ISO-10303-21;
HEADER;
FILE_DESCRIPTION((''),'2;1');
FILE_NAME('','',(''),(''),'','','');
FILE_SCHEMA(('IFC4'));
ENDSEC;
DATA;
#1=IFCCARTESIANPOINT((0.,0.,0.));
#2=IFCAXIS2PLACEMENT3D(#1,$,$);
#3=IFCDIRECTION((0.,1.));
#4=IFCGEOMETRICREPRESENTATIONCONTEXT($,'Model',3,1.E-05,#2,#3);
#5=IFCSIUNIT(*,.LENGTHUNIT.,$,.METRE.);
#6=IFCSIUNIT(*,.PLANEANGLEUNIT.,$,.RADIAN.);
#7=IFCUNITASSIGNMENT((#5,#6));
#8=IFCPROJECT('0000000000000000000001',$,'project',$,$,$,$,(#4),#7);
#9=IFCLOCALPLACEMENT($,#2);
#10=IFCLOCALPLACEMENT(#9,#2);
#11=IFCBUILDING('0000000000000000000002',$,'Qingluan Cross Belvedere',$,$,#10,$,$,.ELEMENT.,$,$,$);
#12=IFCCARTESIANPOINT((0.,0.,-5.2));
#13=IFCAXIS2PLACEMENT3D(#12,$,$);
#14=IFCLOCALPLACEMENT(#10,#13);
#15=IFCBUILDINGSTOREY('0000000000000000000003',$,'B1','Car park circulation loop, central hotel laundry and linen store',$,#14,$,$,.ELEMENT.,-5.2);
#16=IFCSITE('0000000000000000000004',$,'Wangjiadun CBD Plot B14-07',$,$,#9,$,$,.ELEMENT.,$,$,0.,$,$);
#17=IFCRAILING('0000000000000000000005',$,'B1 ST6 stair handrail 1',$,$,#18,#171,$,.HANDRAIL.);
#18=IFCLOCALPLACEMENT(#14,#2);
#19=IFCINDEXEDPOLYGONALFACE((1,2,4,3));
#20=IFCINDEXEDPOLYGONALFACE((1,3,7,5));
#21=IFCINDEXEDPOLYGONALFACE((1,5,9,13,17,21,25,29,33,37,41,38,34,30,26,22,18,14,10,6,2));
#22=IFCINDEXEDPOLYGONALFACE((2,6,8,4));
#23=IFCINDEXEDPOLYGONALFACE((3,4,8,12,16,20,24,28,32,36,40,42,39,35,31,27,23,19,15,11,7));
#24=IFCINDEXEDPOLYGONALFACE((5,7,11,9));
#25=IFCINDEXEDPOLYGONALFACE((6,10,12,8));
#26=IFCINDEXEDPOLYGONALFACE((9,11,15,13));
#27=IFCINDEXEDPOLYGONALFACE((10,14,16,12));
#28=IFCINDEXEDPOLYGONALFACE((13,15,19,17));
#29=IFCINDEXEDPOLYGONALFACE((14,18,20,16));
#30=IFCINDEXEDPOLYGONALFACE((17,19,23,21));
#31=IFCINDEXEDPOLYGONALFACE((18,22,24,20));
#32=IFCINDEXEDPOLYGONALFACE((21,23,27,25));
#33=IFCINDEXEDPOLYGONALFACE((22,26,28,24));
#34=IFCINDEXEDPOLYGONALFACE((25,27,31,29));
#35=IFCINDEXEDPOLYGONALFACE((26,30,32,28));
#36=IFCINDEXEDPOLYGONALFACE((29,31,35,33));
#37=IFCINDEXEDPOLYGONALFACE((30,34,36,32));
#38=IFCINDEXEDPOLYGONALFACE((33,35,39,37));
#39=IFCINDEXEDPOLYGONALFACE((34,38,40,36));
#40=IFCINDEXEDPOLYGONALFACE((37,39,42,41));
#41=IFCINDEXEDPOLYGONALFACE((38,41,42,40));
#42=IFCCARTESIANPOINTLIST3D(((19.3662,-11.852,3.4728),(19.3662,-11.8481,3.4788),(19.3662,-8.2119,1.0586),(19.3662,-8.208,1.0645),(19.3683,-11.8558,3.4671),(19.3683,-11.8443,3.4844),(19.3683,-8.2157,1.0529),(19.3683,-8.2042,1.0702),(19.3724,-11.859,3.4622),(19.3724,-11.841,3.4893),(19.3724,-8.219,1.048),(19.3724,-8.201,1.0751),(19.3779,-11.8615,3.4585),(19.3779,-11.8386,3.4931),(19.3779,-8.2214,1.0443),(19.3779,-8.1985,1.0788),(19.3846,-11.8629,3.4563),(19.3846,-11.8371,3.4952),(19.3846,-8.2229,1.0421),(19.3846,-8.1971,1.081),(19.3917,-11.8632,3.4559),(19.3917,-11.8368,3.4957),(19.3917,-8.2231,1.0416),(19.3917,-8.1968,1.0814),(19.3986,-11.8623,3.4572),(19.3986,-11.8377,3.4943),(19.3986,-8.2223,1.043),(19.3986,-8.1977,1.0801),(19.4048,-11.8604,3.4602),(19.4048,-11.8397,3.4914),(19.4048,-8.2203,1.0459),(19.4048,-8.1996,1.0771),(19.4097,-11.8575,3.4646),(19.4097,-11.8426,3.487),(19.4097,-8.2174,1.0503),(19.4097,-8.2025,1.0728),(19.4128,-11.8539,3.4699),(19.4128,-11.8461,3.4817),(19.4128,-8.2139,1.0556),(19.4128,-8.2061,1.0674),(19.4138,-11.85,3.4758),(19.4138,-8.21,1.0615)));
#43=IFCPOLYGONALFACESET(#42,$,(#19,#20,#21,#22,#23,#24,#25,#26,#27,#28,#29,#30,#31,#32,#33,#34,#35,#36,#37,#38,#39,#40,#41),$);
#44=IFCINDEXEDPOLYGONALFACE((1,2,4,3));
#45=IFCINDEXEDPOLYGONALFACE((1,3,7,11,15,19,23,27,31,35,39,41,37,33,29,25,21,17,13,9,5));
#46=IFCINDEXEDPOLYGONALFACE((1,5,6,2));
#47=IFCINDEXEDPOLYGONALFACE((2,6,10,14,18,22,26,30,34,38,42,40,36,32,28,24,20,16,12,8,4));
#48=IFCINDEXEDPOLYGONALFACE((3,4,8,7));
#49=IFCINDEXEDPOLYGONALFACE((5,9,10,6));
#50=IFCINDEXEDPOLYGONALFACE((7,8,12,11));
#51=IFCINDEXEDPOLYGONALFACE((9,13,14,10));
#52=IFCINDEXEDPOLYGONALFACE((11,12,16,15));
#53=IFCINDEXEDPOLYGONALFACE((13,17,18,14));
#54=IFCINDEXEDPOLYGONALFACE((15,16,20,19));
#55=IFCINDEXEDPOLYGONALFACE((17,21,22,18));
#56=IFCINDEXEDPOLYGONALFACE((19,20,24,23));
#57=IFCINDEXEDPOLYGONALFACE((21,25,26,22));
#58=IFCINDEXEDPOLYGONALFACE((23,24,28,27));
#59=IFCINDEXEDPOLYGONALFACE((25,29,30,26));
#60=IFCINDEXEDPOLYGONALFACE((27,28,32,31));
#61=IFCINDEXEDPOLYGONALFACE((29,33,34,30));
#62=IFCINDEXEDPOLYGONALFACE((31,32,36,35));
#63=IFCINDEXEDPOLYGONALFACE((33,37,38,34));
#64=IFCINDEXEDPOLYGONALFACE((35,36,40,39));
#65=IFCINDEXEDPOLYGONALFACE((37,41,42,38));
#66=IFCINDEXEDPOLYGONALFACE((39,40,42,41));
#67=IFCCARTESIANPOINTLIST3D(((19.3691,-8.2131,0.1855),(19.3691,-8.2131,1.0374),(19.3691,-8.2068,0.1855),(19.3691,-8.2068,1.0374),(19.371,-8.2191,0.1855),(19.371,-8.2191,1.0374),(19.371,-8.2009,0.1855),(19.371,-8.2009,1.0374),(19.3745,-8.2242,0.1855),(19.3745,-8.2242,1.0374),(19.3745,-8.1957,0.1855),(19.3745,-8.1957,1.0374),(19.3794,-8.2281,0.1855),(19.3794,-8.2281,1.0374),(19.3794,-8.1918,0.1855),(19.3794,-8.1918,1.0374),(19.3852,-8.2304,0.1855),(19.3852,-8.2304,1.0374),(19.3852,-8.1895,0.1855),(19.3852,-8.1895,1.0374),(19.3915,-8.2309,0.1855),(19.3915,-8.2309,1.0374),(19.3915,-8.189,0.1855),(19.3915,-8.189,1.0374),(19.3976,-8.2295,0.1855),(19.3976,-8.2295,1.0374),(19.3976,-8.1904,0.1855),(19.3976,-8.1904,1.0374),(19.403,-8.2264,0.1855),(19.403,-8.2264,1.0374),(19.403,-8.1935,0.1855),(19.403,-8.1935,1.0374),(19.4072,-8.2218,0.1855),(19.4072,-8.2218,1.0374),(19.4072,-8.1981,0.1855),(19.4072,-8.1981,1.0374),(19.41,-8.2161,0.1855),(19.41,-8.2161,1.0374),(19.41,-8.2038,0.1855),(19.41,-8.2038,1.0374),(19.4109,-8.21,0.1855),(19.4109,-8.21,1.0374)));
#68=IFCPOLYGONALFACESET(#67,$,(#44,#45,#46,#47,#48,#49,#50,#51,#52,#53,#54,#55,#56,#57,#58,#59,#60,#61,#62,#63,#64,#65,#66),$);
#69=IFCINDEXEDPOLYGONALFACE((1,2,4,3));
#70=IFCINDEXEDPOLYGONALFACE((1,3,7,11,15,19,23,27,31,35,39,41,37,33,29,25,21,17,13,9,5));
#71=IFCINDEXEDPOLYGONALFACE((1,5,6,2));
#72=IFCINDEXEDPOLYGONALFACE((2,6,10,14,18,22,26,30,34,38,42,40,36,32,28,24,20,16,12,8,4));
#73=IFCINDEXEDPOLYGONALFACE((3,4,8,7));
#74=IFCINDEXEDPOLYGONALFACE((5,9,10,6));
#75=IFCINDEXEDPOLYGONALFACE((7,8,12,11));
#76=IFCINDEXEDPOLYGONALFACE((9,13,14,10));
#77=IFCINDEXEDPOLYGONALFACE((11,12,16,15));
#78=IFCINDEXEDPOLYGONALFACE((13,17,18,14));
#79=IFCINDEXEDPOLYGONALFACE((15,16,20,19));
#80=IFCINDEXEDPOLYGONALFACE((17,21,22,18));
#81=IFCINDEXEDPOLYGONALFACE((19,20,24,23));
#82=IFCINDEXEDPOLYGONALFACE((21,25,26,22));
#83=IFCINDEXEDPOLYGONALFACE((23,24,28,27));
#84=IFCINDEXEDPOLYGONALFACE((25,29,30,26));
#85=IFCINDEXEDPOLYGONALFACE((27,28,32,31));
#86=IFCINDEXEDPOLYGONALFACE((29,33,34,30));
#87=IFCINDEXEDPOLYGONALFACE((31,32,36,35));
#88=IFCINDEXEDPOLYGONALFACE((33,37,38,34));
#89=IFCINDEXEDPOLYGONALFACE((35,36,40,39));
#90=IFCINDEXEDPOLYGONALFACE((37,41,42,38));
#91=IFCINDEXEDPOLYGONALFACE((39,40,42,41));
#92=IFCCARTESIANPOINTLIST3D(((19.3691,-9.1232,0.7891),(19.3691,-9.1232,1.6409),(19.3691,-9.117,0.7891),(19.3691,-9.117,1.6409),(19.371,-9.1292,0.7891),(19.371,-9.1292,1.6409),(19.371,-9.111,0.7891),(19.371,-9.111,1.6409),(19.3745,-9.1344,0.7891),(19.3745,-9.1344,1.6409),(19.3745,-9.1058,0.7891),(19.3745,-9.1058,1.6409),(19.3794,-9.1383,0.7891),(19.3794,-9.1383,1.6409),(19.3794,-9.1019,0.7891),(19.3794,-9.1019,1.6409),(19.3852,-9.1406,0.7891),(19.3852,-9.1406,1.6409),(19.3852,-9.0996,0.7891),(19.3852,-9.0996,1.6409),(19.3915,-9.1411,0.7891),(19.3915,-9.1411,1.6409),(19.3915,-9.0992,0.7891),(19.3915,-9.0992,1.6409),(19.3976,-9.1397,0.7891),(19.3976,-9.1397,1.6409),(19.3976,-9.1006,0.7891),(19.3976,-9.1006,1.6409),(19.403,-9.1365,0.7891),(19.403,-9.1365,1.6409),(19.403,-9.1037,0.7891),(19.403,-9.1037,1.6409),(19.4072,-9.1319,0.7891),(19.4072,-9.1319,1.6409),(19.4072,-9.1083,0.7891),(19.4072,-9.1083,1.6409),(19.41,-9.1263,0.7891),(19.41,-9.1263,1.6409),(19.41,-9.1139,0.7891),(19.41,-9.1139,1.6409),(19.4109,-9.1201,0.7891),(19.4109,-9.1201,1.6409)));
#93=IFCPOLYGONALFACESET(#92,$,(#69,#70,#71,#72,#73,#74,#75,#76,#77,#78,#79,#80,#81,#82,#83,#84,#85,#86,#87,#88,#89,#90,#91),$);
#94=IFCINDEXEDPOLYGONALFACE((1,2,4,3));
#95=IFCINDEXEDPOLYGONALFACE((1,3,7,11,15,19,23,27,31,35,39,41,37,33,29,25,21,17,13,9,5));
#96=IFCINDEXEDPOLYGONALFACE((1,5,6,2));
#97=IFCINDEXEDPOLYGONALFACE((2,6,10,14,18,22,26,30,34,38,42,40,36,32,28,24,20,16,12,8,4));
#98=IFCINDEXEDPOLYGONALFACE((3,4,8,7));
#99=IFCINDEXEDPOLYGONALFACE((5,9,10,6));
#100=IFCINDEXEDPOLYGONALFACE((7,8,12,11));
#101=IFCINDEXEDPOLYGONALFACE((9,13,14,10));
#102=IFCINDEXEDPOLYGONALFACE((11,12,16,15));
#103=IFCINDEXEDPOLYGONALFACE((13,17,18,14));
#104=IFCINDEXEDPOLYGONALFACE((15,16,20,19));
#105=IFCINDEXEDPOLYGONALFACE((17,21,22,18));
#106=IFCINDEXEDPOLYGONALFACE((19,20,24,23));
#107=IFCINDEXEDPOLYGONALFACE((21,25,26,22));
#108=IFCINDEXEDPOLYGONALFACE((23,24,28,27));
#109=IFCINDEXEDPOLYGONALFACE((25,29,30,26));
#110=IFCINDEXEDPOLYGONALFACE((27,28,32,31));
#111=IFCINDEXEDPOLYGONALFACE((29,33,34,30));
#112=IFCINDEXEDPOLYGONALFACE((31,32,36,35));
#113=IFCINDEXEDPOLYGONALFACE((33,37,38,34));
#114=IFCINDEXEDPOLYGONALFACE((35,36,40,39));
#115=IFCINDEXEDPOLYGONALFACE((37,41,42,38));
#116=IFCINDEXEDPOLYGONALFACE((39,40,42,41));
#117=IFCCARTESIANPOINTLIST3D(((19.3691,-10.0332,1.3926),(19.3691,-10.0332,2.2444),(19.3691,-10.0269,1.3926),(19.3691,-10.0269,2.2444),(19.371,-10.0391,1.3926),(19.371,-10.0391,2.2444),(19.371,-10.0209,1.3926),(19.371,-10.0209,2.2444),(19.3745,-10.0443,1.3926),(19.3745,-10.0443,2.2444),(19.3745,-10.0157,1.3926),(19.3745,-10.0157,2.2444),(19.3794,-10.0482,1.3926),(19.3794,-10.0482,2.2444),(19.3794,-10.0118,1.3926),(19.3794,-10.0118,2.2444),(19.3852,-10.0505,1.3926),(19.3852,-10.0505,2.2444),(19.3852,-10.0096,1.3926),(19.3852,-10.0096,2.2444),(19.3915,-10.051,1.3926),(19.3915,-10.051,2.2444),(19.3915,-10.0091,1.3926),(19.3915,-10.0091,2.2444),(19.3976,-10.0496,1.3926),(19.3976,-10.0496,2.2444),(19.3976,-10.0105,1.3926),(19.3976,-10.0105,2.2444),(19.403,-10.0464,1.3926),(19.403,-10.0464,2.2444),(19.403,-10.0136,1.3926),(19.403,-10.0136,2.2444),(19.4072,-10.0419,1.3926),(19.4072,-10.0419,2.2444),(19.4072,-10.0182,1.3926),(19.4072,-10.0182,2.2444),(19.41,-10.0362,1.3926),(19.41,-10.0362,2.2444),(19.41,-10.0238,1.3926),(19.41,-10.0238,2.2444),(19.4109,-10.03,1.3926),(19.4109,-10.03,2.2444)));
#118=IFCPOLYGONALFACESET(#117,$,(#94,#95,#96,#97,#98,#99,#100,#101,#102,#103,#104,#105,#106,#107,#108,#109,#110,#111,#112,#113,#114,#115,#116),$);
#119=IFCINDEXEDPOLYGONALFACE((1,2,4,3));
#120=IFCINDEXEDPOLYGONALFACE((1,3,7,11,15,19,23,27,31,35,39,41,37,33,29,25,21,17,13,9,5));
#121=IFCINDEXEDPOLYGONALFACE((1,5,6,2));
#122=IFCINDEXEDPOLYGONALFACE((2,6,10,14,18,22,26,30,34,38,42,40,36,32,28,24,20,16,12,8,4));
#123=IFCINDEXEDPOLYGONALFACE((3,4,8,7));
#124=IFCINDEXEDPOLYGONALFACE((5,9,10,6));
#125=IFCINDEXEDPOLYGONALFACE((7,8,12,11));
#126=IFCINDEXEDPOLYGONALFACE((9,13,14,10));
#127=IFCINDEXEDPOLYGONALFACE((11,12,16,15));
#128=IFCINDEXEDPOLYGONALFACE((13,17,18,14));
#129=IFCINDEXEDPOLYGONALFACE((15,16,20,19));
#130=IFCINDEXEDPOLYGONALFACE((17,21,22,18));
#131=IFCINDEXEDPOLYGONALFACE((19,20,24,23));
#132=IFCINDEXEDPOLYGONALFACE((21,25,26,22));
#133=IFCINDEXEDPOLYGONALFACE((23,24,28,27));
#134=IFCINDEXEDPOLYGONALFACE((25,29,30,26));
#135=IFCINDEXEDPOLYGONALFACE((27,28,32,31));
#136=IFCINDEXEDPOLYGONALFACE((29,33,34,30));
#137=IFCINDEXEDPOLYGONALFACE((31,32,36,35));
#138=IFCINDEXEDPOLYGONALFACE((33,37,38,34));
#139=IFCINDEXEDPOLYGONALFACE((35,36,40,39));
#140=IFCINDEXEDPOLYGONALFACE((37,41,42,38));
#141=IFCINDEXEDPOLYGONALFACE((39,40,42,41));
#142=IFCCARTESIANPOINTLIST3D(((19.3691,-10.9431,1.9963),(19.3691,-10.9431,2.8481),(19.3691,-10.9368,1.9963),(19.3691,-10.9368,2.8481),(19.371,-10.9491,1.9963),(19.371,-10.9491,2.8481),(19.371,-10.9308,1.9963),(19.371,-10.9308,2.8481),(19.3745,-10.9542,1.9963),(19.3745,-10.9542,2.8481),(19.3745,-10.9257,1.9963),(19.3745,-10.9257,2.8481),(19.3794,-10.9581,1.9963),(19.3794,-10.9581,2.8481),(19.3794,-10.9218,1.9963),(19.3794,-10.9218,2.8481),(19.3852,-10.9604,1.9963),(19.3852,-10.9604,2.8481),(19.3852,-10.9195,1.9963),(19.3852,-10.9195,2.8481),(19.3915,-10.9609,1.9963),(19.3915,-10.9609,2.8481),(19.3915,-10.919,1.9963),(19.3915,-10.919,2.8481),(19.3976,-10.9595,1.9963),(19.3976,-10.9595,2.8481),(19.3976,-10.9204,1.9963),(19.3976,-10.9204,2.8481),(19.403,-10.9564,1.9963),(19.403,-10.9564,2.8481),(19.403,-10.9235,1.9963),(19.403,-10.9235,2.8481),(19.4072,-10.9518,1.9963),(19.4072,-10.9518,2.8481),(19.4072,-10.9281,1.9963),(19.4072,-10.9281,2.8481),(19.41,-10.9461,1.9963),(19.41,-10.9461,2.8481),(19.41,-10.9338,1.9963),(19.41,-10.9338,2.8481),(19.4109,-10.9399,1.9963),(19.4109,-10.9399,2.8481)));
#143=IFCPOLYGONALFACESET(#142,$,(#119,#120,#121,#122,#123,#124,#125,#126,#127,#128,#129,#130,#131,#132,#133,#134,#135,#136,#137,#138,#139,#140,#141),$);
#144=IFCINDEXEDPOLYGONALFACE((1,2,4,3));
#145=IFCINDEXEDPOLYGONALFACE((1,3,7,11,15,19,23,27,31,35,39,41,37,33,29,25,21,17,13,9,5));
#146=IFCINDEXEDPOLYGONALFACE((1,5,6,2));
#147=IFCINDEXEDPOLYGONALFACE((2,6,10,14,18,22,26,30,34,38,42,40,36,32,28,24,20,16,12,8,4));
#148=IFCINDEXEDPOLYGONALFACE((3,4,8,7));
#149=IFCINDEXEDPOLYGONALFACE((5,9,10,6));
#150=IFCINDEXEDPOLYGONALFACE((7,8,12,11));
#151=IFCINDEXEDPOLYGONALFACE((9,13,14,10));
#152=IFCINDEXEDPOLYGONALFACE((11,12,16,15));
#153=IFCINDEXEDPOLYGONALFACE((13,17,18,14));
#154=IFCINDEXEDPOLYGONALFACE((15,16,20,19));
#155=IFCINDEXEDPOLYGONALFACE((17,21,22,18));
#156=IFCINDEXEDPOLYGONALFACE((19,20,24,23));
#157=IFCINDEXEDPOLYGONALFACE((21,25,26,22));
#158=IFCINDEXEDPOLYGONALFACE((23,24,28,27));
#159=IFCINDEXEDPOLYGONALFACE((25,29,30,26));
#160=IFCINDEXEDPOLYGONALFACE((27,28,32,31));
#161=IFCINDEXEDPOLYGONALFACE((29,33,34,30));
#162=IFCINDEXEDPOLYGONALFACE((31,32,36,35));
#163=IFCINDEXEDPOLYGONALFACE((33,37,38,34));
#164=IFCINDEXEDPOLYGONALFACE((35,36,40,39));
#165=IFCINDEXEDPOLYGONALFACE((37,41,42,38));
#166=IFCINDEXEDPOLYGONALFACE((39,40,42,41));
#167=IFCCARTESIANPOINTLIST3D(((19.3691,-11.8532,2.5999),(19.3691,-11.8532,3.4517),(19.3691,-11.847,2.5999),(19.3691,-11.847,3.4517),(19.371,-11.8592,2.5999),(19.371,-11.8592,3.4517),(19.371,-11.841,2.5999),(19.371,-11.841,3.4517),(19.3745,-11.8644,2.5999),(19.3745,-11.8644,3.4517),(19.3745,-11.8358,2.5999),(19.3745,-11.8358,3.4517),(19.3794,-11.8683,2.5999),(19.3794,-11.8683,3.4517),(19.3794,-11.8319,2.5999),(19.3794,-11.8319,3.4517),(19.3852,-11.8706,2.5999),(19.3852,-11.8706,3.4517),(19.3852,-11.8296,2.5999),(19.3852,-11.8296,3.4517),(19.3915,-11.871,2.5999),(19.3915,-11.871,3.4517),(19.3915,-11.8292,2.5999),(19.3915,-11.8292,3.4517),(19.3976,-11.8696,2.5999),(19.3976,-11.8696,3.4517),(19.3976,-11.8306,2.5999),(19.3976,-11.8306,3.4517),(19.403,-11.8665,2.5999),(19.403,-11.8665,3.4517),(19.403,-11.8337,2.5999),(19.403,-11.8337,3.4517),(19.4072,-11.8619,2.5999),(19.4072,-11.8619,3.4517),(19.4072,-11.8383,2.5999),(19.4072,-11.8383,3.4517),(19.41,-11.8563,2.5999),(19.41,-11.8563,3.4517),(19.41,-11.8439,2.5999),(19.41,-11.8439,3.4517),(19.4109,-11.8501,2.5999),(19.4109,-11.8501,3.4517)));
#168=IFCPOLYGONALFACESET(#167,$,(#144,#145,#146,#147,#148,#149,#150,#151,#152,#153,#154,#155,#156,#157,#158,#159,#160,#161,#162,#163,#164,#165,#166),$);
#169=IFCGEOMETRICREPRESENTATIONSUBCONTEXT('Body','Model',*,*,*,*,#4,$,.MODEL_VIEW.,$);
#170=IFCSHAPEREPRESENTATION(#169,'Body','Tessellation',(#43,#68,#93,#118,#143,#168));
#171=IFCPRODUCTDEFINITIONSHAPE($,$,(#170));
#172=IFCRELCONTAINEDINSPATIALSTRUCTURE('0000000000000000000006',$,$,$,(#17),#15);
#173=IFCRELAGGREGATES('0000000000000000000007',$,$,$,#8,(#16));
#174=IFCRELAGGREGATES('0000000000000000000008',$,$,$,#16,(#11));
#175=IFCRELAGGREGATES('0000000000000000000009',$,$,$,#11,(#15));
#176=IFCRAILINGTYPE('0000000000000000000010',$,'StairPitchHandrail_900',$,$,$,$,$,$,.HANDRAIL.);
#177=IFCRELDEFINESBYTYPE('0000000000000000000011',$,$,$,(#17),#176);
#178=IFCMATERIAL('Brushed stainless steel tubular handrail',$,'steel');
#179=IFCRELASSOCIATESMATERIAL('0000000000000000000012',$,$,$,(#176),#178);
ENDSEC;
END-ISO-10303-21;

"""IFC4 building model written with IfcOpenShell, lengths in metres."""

from ifc_helpers import new_model, si_unit, direction, frame, origin, origin_2d, place, context, subcontext, project, spatial, circle, extrude, material, type_object, element, save


model = new_model("IFC4")

# Units and contexts
model_context = context("Model", 3, precision=1e-05, world=origin(), true_north=direction((0.0, 1.0)))
body_context = subcontext(model_context, "Body", "Model", "MODEL_VIEW")
ifc_project = project(units=[si_unit("LENGTHUNIT", "METRE"), si_unit("PLANEANGLEUNIT", "RADIAN")], contexts=[model_context])

# Site, building, storey
site_placement = place(None, origin())
site = spatial("IfcSite", under=ifc_project, at=site_placement, Name="Wangjiadun CBD Plot B14-07", CompositionType="ELEMENT", RefElevation=0.0)
building_placement = place(site_placement, origin())
building = spatial("IfcBuilding", under=site, at=building_placement, Name="Qingluan Cross Belvedere", CompositionType="ELEMENT")
storey_placement = place(building_placement, frame((0.0, 0.0, -5.2)))
storey = spatial("IfcBuildingStorey", under=building, at=storey_placement, Name="B1", Description="Car park circulation loop, central hotel laundry and linen store", CompositionType="ELEMENT", Elevation=-5.2)

# Railing
ifc_material_1 = material(Name="Brushed stainless steel tubular handrail", Category="steel")
railing_type_1 = type_object("IfcRailingType", Name="StairPitchHandrail_900", PredefinedType="HANDRAIL", material=ifc_material_1)
railing_1_placement = place(storey_placement, frame((19.3899, -8.21, 0.1855)))
element("IfcRailing", 1, at=railing_1_placement, inside=storey, type_object=railing_type_1, Name="B1 ST6 stair handrail 1", PredefinedType="HANDRAIL", context=body_context, shape_type="SweptSolid", body=[
    extrude(circle(Radius=0.0239, at=origin_2d()), frame((0.0, 0.0, 0.876), z_axis=(0.0, -0.833364, 0.552725), x_axis=(1.0, 0.0, 0.0)), (0.0, 0.0, 1.0), 4.3679),
    extrude(circle(Radius=0.021, at=origin_2d()), origin(), (0.0, 0.0, 1.0), 0.8518),
    extrude(circle(Radius=0.021, at=origin_2d()), frame((0.0, -0.9102, 0.6035)), (0.0, 0.0, 1.0), 0.8518),
    extrude(circle(Radius=0.021, at=origin_2d()), frame((0.0, -1.8201, 1.207)), (0.0, 0.0, 1.0), 0.8518),
    extrude(circle(Radius=0.021, at=origin_2d()), frame((0.0, -2.73, 1.8108)), (0.0, 0.0, 1.0), 0.8518),
    extrude(circle(Radius=0.021, at=origin_2d()), frame((0.0, -3.6401, 2.4143)), (0.0, 0.0, 1.0), 0.8518),
])

save(model, "model.ifc")
